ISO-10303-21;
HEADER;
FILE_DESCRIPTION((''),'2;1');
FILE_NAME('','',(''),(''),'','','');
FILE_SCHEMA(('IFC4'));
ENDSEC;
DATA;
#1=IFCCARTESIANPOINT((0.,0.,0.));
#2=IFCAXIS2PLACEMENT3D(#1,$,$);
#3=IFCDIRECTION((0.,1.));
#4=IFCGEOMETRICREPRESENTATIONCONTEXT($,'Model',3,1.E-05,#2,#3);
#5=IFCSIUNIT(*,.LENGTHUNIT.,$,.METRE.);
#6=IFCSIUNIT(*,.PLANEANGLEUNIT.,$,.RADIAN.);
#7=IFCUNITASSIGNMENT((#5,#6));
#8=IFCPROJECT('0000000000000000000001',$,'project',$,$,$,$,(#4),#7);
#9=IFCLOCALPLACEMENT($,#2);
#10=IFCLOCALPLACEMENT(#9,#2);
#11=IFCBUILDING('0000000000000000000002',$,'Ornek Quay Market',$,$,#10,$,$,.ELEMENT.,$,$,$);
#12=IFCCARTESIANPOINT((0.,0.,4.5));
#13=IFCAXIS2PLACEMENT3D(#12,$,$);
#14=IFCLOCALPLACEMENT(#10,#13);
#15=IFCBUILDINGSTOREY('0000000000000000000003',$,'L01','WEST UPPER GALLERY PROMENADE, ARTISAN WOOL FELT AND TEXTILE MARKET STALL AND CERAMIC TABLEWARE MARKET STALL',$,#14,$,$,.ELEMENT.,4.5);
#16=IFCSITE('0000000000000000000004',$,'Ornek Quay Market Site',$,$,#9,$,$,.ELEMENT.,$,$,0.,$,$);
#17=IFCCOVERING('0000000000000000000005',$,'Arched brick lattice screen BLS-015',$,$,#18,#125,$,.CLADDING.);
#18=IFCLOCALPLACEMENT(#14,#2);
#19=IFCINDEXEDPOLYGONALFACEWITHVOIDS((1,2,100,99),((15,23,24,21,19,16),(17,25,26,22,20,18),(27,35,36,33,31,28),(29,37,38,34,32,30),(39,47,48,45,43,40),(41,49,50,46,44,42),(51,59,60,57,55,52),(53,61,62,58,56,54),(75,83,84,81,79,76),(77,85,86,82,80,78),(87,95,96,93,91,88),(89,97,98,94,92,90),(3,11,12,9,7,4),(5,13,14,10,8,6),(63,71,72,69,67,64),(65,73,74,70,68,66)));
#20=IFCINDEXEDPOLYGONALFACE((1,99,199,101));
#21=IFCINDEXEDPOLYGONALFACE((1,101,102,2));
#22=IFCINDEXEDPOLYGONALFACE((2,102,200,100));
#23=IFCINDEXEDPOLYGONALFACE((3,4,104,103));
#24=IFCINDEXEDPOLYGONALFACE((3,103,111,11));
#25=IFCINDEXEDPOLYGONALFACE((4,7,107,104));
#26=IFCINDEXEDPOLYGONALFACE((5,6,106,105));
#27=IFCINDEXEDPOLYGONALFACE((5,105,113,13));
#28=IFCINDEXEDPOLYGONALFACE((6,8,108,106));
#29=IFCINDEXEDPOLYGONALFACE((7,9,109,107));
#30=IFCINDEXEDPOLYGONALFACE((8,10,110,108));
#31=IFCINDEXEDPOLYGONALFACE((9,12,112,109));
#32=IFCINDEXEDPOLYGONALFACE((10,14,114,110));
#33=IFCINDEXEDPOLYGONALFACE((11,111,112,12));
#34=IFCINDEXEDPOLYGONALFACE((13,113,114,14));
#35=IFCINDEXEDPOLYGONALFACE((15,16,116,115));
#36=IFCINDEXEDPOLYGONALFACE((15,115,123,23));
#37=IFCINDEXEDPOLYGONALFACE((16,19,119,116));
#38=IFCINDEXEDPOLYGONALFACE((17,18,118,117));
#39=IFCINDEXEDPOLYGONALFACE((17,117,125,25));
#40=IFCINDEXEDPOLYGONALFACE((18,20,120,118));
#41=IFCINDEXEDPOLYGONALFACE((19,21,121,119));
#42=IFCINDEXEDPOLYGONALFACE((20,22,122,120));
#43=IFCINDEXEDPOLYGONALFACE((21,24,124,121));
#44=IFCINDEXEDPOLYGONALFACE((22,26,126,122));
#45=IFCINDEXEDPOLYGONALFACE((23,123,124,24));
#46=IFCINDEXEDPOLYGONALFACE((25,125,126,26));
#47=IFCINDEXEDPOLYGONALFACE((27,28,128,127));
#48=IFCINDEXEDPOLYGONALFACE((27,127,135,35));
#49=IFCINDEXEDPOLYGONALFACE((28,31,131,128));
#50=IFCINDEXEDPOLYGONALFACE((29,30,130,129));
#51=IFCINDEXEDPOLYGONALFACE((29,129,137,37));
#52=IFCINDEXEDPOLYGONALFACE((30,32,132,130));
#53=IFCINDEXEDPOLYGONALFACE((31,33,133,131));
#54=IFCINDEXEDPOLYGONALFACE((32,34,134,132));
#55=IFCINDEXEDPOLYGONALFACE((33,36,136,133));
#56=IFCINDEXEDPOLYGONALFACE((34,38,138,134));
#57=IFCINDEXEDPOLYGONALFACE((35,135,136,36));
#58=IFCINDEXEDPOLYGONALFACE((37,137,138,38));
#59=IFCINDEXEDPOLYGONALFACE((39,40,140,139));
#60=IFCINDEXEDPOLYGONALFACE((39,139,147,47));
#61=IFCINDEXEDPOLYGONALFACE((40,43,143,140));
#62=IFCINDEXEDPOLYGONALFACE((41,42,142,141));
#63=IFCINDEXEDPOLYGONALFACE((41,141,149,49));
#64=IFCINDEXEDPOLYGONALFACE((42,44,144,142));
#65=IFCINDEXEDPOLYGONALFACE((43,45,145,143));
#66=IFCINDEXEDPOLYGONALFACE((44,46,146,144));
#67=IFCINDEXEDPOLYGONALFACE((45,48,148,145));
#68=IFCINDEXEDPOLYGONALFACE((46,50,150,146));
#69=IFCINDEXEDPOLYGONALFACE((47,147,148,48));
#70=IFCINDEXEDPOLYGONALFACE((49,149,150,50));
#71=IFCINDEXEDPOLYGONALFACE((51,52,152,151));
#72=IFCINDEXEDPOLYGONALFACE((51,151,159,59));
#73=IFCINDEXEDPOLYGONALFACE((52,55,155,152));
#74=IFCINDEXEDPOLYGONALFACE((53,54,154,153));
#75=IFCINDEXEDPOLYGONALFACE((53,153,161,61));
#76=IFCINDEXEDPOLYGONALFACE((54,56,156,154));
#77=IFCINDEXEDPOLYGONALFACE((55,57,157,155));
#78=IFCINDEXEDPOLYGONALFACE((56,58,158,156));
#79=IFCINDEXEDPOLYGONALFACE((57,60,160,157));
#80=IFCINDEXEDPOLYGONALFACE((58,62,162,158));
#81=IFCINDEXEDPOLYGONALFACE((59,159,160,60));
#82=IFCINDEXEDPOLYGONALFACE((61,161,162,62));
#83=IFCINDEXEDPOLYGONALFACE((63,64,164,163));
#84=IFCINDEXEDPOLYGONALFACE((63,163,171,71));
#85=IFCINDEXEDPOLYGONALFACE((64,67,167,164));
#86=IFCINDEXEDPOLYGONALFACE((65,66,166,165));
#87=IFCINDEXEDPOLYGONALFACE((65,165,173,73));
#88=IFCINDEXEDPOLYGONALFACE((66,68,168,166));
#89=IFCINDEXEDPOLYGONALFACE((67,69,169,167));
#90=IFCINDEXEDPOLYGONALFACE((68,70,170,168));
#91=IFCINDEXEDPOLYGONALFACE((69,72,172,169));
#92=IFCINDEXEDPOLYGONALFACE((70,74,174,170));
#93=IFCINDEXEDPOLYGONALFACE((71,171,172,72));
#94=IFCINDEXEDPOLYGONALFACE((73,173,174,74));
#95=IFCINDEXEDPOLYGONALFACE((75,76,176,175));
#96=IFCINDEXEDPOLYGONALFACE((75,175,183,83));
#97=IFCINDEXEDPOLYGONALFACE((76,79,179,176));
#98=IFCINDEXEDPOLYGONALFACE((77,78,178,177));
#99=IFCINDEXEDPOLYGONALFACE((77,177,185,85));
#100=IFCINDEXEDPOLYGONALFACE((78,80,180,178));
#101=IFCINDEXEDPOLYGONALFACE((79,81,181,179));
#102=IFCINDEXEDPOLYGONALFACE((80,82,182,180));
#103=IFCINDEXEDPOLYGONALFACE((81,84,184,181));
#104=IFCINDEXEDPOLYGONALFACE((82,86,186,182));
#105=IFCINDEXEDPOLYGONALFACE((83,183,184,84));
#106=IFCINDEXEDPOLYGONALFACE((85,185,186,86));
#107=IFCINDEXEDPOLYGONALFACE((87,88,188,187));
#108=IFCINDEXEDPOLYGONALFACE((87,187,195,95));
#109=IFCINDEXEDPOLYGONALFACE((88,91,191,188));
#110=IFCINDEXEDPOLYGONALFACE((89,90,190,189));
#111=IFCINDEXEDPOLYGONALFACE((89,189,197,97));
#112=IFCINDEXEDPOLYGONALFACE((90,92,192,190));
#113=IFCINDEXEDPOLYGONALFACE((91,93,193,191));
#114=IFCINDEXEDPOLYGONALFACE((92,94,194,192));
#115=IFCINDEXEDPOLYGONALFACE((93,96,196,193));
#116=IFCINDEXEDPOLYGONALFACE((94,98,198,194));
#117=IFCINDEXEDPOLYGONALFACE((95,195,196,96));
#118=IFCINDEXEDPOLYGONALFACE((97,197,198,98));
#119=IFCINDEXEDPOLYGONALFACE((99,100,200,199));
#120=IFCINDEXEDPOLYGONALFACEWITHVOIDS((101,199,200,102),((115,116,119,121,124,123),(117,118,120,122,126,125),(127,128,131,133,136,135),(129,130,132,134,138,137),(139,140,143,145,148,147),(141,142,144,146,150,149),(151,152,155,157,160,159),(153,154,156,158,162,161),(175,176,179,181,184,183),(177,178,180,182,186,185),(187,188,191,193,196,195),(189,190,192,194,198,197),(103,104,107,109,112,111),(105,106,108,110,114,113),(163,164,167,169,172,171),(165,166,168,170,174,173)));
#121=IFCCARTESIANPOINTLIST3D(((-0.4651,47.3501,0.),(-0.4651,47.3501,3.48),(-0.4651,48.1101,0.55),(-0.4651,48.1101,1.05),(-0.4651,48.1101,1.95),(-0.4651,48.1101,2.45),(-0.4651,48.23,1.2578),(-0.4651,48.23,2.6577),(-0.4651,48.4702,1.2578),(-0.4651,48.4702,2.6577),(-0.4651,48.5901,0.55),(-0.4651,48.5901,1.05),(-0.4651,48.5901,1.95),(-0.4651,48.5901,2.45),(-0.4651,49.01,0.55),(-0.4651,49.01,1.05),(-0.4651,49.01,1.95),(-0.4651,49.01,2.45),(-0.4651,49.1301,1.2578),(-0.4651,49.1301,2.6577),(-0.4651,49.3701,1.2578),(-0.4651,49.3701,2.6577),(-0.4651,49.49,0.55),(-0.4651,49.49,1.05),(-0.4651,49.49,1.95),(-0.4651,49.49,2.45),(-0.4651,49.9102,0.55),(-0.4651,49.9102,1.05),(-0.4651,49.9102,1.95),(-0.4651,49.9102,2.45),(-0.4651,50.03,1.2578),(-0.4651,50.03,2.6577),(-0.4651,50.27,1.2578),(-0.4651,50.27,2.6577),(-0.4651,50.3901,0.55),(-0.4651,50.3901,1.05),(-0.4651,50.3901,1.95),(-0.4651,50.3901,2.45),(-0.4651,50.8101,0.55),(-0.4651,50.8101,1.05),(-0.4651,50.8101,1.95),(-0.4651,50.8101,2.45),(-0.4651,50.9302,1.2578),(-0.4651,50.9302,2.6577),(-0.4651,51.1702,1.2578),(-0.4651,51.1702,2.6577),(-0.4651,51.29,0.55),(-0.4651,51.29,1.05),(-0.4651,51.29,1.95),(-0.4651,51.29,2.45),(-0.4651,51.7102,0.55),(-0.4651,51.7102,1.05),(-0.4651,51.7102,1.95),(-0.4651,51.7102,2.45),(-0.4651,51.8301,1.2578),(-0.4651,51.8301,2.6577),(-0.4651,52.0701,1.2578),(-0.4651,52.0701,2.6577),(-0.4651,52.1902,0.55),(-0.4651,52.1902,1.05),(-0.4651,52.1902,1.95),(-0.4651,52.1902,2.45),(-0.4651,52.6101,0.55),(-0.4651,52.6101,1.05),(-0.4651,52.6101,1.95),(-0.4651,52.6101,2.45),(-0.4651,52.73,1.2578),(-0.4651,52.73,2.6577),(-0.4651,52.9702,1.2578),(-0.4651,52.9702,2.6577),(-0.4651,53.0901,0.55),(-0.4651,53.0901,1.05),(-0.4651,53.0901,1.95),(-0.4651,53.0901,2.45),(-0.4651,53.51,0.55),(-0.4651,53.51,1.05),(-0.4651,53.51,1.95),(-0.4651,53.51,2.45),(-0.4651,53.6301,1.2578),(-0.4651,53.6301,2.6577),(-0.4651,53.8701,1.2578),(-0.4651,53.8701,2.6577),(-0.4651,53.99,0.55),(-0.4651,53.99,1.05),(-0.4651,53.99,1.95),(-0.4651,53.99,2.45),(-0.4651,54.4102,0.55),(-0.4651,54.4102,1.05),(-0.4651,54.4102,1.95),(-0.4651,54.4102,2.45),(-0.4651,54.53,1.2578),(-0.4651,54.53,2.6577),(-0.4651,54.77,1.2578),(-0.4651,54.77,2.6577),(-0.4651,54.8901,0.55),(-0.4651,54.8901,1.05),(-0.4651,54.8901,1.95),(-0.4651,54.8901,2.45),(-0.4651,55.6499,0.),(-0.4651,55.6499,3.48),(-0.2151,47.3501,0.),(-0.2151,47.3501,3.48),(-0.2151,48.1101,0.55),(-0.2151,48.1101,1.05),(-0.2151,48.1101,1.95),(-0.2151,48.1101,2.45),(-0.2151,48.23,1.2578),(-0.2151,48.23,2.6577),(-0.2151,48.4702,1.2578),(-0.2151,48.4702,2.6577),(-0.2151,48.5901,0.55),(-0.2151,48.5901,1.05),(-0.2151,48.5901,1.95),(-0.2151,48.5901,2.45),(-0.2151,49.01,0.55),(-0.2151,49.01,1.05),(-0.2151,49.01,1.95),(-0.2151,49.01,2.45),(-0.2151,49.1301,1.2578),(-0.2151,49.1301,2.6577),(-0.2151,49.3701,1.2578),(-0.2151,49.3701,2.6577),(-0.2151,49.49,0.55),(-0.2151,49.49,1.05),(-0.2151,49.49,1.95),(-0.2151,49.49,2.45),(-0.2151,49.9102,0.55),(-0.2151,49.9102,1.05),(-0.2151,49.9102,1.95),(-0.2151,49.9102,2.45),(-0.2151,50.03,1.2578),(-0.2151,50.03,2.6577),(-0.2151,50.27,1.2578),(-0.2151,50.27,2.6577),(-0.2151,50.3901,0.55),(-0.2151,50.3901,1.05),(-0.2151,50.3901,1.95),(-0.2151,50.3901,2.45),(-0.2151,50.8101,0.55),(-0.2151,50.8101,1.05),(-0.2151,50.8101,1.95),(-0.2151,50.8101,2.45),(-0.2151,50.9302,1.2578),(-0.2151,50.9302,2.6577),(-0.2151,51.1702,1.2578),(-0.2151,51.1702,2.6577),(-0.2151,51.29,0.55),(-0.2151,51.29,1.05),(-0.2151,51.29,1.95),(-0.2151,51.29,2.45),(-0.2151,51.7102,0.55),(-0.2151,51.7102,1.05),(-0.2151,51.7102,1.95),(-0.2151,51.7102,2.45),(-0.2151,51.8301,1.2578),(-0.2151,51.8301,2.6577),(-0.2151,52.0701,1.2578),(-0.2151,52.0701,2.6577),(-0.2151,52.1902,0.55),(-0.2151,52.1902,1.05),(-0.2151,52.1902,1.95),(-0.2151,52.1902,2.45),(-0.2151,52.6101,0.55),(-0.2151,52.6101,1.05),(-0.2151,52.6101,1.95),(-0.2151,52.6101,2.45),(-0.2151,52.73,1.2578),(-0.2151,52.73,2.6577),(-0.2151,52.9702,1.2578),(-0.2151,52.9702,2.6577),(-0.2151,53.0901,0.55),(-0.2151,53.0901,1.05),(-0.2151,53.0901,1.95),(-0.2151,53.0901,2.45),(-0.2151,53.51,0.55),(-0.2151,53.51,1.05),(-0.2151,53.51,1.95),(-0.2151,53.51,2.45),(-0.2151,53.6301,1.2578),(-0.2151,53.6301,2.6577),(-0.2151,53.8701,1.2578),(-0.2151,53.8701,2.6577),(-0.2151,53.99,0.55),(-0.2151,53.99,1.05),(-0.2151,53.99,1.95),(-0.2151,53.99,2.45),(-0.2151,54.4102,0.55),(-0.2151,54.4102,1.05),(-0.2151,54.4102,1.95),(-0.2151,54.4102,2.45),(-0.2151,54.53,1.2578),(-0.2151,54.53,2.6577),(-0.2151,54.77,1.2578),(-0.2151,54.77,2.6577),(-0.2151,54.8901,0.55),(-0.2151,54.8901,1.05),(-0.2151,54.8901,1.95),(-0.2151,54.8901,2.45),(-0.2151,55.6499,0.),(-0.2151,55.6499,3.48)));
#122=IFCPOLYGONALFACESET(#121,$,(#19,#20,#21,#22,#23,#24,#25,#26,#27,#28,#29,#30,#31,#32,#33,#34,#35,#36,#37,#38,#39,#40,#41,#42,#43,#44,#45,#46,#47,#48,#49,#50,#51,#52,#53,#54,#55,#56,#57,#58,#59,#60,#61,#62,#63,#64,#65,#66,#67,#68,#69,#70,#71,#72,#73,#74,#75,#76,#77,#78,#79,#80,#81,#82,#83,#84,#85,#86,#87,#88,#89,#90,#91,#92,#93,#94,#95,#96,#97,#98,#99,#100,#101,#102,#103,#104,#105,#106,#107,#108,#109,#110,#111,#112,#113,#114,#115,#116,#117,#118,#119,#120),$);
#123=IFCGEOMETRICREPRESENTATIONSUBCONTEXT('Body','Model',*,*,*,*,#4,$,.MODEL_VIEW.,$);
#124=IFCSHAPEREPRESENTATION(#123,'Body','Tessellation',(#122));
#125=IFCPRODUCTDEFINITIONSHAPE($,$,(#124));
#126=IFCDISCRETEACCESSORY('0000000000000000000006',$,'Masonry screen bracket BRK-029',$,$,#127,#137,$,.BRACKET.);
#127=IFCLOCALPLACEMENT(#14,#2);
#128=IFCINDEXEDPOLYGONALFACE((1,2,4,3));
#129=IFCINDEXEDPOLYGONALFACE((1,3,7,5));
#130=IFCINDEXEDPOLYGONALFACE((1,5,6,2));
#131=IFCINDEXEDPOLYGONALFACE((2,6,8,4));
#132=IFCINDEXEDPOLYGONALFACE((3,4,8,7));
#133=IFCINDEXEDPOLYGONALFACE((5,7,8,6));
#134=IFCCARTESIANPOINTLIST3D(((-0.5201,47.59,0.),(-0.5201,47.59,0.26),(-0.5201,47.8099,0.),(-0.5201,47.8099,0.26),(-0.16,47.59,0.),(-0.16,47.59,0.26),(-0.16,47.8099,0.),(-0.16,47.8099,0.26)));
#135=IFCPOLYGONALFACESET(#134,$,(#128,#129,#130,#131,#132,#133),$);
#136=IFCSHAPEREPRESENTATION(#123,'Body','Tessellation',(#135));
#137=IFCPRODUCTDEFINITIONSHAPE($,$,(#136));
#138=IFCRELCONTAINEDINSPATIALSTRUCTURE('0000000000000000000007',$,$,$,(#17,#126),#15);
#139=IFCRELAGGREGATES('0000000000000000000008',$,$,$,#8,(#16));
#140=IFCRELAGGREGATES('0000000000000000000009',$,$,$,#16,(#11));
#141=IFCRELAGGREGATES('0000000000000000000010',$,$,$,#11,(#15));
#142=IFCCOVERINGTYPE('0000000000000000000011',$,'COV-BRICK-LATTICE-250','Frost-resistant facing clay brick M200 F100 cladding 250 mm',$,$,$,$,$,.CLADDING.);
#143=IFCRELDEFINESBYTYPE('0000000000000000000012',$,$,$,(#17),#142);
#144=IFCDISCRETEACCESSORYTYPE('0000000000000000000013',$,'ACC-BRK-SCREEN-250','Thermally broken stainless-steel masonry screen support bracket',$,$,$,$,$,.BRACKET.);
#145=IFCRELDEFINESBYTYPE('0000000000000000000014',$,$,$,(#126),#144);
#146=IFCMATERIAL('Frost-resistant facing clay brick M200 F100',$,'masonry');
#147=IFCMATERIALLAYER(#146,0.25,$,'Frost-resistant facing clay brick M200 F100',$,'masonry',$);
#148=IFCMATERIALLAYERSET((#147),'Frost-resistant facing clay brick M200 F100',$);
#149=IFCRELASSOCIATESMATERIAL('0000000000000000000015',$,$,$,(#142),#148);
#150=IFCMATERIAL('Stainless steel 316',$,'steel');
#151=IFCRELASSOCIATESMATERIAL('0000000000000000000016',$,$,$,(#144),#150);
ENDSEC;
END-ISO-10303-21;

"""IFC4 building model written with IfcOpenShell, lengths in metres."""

from ifc_helpers import new_model, si_unit, direction, frame, origin, origin_2d, place, context, subcontext, project, spatial, polyline, rectangle, outline, extrude, material, layer, layer_set, type_object, element, save


model = new_model("IFC4")

# Units and contexts
model_context = context("Model", 3, precision=1e-05, world=origin(), true_north=direction((0.0, 1.0)))
body_context = subcontext(model_context, "Body", "Model", "MODEL_VIEW")
ifc_project = project(units=[si_unit("LENGTHUNIT", "METRE"), si_unit("PLANEANGLEUNIT", "RADIAN")], contexts=[model_context])

# Site, building, storey
site_placement = place(None, origin())
site = spatial("IfcSite", under=ifc_project, at=site_placement, Name="Ornek Quay Market Site", CompositionType="ELEMENT", RefElevation=0.0)
building_placement = place(site_placement, origin())
building = spatial("IfcBuilding", under=site, at=building_placement, Name="Ornek Quay Market", CompositionType="ELEMENT")
storey_placement = place(building_placement, frame((0.0, 0.0, 4.5)))
storey = spatial("IfcBuildingStorey", under=building, at=storey_placement, Name="L01", Description="WEST UPPER GALLERY PROMENADE, ARTISAN WOOL FELT AND TEXTILE MARKET STALL AND CERAMIC TABLEWARE MARKET STALL", CompositionType="ELEMENT", Elevation=4.5)

# Covering
ifc_material_1 = material(Name="Frost-resistant facing clay brick M200 F100", Category="masonry")
ifc_layer_1 = layer(ifc_material_1, 0.25, Name="Frost-resistant facing clay brick M200 F100", Category="masonry")
ifc_layer_set_1 = layer_set([ifc_layer_1], Name="Frost-resistant facing clay brick M200 F100")
covering_type = type_object("IfcCoveringType", Name="COV-BRICK-LATTICE-250", Description="Frost-resistant facing clay brick M200 F100 cladding 250 mm", PredefinedType="CLADDING", material=ifc_layer_set_1)
covering_placement = place(storey_placement, frame((-0.3401, 47.3501, 0.0), z_axis=(0.0, 0.0, 1.0), x_axis=(0.0, 1.0, 0.0)))
element("IfcCovering", 1, at=covering_placement, inside=storey, type_object=covering_type, Name="Arched brick lattice screen BLS-015", PredefinedType="CLADDING", context=body_context, shape_type="SweptSolid", body=[
    extrude(outline(polyline([(0.0, 0.0), (8.2998, 0.0), (8.2998, 3.48), (0.0, 3.48), (0.0, 0.0)]), holes=[polyline([(0.76, 0.55), (1.24, 0.55), (1.24, 1.05), (1.1201, 1.2578), (0.8799, 1.2578), (0.76, 1.05), (0.76, 0.55)]), polyline([(0.76, 1.95), (1.24, 1.95), (1.24, 2.45), (1.1201, 2.6577), (0.8799, 2.6577), (0.76, 2.45), (0.76, 1.95)]), polyline([(1.6599, 0.55), (2.1399, 0.55), (2.1399, 1.05), (2.02, 1.2578), (1.78, 1.2578), (1.6599, 1.05), (1.6599, 0.55)]), polyline([(1.6599, 1.95), (2.1399, 1.95), (2.1399, 2.45), (2.02, 2.6577), (1.78, 2.6577), (1.6599, 2.45), (1.6599, 1.95)]), polyline([(2.5601, 0.55), (3.04, 0.55), (3.04, 1.05), (2.9199, 1.2578), (2.6799, 1.2578), (2.5601, 1.05), (2.5601, 0.55)]), polyline([(2.5601, 1.95), (3.04, 1.95), (3.04, 2.45), (2.9199, 2.6577), (2.6799, 2.6577), (2.5601, 2.45), (2.5601, 1.95)]), polyline([(3.46, 0.55), (3.9399, 0.55), (3.9399, 1.05), (3.8201, 1.2578), (3.5801, 1.2578), (3.46, 1.05), (3.46, 0.55)]), polyline([(3.46, 1.95), (3.9399, 1.95), (3.9399, 2.45), (3.8201, 2.6577), (3.5801, 2.6577), (3.46, 2.45), (3.46, 1.95)]), polyline([(4.3601, 0.55), (4.8401, 0.55), (4.8401, 1.05), (4.72, 1.2578), (4.48, 1.2578), (4.3601, 1.05), (4.3601, 0.55)]), polyline([(4.3601, 1.95), (4.8401, 1.95), (4.8401, 2.45), (4.72, 2.6577), (4.48, 2.6577), (4.3601, 2.45), (4.3601, 1.95)]), polyline([(5.26, 0.55), (5.74, 0.55), (5.74, 1.05), (5.6201, 1.2578), (5.3799, 1.2578), (5.26, 1.05), (5.26, 0.55)]), polyline([(5.26, 1.95), (5.74, 1.95), (5.74, 2.45), (5.6201, 2.6577), (5.3799, 2.6577), (5.26, 2.45), (5.26, 1.95)]), polyline([(6.1599, 0.55), (6.6399, 0.55), (6.6399, 1.05), (6.52, 1.2578), (6.28, 1.2578), (6.1599, 1.05), (6.1599, 0.55)]), polyline([(6.1599, 1.95), (6.6399, 1.95), (6.6399, 2.45), (6.52, 2.6577), (6.28, 2.6577), (6.1599, 2.45), (6.1599, 1.95)]), polyline([(7.0601, 0.55), (7.54, 0.55), (7.54, 1.05), (7.4199, 1.2578), (7.1799, 1.2578), (7.0601, 1.05), (7.0601, 0.55)]), polyline([(7.0601, 1.95), (7.54, 1.95), (7.54, 2.45), (7.4199, 2.6577), (7.1799, 2.6577), (7.0601, 2.45), (7.0601, 1.95)])]), frame((0.0, 0.125, 0.0), z_axis=(0.0, -1.0, 0.0), x_axis=(1.0, 0.0, 0.0)), (0.0, 0.0, 1.0), 0.25),
])

# Discrete accessory
ifc_material_2 = material(Name="Stainless steel 316", Category="steel")
discrete_accessory_type = type_object("IfcDiscreteAccessoryType", Name="ACC-BRK-SCREEN-250", Description="Thermally broken stainless-steel masonry screen support bracket", PredefinedType="BRACKET", material=ifc_material_2)
discrete_accessory_placement = place(storey_placement, frame((-0.3401, 47.7, 0.0), z_axis=(0.0, 0.0, 1.0), x_axis=(0.0, 1.0, 0.0)))
element("IfcDiscreteAccessory", 2, at=discrete_accessory_placement, inside=storey, type_object=discrete_accessory_type, Name="Masonry screen bracket BRK-029", PredefinedType="BRACKET", context=body_context, shape_type="SweptSolid", body=[
    extrude(rectangle(XDim=0.22, YDim=0.3601, at=origin_2d()), origin(), (0.0, 0.0, 1.0), 0.26),
])

save(model, "model.ifc")
